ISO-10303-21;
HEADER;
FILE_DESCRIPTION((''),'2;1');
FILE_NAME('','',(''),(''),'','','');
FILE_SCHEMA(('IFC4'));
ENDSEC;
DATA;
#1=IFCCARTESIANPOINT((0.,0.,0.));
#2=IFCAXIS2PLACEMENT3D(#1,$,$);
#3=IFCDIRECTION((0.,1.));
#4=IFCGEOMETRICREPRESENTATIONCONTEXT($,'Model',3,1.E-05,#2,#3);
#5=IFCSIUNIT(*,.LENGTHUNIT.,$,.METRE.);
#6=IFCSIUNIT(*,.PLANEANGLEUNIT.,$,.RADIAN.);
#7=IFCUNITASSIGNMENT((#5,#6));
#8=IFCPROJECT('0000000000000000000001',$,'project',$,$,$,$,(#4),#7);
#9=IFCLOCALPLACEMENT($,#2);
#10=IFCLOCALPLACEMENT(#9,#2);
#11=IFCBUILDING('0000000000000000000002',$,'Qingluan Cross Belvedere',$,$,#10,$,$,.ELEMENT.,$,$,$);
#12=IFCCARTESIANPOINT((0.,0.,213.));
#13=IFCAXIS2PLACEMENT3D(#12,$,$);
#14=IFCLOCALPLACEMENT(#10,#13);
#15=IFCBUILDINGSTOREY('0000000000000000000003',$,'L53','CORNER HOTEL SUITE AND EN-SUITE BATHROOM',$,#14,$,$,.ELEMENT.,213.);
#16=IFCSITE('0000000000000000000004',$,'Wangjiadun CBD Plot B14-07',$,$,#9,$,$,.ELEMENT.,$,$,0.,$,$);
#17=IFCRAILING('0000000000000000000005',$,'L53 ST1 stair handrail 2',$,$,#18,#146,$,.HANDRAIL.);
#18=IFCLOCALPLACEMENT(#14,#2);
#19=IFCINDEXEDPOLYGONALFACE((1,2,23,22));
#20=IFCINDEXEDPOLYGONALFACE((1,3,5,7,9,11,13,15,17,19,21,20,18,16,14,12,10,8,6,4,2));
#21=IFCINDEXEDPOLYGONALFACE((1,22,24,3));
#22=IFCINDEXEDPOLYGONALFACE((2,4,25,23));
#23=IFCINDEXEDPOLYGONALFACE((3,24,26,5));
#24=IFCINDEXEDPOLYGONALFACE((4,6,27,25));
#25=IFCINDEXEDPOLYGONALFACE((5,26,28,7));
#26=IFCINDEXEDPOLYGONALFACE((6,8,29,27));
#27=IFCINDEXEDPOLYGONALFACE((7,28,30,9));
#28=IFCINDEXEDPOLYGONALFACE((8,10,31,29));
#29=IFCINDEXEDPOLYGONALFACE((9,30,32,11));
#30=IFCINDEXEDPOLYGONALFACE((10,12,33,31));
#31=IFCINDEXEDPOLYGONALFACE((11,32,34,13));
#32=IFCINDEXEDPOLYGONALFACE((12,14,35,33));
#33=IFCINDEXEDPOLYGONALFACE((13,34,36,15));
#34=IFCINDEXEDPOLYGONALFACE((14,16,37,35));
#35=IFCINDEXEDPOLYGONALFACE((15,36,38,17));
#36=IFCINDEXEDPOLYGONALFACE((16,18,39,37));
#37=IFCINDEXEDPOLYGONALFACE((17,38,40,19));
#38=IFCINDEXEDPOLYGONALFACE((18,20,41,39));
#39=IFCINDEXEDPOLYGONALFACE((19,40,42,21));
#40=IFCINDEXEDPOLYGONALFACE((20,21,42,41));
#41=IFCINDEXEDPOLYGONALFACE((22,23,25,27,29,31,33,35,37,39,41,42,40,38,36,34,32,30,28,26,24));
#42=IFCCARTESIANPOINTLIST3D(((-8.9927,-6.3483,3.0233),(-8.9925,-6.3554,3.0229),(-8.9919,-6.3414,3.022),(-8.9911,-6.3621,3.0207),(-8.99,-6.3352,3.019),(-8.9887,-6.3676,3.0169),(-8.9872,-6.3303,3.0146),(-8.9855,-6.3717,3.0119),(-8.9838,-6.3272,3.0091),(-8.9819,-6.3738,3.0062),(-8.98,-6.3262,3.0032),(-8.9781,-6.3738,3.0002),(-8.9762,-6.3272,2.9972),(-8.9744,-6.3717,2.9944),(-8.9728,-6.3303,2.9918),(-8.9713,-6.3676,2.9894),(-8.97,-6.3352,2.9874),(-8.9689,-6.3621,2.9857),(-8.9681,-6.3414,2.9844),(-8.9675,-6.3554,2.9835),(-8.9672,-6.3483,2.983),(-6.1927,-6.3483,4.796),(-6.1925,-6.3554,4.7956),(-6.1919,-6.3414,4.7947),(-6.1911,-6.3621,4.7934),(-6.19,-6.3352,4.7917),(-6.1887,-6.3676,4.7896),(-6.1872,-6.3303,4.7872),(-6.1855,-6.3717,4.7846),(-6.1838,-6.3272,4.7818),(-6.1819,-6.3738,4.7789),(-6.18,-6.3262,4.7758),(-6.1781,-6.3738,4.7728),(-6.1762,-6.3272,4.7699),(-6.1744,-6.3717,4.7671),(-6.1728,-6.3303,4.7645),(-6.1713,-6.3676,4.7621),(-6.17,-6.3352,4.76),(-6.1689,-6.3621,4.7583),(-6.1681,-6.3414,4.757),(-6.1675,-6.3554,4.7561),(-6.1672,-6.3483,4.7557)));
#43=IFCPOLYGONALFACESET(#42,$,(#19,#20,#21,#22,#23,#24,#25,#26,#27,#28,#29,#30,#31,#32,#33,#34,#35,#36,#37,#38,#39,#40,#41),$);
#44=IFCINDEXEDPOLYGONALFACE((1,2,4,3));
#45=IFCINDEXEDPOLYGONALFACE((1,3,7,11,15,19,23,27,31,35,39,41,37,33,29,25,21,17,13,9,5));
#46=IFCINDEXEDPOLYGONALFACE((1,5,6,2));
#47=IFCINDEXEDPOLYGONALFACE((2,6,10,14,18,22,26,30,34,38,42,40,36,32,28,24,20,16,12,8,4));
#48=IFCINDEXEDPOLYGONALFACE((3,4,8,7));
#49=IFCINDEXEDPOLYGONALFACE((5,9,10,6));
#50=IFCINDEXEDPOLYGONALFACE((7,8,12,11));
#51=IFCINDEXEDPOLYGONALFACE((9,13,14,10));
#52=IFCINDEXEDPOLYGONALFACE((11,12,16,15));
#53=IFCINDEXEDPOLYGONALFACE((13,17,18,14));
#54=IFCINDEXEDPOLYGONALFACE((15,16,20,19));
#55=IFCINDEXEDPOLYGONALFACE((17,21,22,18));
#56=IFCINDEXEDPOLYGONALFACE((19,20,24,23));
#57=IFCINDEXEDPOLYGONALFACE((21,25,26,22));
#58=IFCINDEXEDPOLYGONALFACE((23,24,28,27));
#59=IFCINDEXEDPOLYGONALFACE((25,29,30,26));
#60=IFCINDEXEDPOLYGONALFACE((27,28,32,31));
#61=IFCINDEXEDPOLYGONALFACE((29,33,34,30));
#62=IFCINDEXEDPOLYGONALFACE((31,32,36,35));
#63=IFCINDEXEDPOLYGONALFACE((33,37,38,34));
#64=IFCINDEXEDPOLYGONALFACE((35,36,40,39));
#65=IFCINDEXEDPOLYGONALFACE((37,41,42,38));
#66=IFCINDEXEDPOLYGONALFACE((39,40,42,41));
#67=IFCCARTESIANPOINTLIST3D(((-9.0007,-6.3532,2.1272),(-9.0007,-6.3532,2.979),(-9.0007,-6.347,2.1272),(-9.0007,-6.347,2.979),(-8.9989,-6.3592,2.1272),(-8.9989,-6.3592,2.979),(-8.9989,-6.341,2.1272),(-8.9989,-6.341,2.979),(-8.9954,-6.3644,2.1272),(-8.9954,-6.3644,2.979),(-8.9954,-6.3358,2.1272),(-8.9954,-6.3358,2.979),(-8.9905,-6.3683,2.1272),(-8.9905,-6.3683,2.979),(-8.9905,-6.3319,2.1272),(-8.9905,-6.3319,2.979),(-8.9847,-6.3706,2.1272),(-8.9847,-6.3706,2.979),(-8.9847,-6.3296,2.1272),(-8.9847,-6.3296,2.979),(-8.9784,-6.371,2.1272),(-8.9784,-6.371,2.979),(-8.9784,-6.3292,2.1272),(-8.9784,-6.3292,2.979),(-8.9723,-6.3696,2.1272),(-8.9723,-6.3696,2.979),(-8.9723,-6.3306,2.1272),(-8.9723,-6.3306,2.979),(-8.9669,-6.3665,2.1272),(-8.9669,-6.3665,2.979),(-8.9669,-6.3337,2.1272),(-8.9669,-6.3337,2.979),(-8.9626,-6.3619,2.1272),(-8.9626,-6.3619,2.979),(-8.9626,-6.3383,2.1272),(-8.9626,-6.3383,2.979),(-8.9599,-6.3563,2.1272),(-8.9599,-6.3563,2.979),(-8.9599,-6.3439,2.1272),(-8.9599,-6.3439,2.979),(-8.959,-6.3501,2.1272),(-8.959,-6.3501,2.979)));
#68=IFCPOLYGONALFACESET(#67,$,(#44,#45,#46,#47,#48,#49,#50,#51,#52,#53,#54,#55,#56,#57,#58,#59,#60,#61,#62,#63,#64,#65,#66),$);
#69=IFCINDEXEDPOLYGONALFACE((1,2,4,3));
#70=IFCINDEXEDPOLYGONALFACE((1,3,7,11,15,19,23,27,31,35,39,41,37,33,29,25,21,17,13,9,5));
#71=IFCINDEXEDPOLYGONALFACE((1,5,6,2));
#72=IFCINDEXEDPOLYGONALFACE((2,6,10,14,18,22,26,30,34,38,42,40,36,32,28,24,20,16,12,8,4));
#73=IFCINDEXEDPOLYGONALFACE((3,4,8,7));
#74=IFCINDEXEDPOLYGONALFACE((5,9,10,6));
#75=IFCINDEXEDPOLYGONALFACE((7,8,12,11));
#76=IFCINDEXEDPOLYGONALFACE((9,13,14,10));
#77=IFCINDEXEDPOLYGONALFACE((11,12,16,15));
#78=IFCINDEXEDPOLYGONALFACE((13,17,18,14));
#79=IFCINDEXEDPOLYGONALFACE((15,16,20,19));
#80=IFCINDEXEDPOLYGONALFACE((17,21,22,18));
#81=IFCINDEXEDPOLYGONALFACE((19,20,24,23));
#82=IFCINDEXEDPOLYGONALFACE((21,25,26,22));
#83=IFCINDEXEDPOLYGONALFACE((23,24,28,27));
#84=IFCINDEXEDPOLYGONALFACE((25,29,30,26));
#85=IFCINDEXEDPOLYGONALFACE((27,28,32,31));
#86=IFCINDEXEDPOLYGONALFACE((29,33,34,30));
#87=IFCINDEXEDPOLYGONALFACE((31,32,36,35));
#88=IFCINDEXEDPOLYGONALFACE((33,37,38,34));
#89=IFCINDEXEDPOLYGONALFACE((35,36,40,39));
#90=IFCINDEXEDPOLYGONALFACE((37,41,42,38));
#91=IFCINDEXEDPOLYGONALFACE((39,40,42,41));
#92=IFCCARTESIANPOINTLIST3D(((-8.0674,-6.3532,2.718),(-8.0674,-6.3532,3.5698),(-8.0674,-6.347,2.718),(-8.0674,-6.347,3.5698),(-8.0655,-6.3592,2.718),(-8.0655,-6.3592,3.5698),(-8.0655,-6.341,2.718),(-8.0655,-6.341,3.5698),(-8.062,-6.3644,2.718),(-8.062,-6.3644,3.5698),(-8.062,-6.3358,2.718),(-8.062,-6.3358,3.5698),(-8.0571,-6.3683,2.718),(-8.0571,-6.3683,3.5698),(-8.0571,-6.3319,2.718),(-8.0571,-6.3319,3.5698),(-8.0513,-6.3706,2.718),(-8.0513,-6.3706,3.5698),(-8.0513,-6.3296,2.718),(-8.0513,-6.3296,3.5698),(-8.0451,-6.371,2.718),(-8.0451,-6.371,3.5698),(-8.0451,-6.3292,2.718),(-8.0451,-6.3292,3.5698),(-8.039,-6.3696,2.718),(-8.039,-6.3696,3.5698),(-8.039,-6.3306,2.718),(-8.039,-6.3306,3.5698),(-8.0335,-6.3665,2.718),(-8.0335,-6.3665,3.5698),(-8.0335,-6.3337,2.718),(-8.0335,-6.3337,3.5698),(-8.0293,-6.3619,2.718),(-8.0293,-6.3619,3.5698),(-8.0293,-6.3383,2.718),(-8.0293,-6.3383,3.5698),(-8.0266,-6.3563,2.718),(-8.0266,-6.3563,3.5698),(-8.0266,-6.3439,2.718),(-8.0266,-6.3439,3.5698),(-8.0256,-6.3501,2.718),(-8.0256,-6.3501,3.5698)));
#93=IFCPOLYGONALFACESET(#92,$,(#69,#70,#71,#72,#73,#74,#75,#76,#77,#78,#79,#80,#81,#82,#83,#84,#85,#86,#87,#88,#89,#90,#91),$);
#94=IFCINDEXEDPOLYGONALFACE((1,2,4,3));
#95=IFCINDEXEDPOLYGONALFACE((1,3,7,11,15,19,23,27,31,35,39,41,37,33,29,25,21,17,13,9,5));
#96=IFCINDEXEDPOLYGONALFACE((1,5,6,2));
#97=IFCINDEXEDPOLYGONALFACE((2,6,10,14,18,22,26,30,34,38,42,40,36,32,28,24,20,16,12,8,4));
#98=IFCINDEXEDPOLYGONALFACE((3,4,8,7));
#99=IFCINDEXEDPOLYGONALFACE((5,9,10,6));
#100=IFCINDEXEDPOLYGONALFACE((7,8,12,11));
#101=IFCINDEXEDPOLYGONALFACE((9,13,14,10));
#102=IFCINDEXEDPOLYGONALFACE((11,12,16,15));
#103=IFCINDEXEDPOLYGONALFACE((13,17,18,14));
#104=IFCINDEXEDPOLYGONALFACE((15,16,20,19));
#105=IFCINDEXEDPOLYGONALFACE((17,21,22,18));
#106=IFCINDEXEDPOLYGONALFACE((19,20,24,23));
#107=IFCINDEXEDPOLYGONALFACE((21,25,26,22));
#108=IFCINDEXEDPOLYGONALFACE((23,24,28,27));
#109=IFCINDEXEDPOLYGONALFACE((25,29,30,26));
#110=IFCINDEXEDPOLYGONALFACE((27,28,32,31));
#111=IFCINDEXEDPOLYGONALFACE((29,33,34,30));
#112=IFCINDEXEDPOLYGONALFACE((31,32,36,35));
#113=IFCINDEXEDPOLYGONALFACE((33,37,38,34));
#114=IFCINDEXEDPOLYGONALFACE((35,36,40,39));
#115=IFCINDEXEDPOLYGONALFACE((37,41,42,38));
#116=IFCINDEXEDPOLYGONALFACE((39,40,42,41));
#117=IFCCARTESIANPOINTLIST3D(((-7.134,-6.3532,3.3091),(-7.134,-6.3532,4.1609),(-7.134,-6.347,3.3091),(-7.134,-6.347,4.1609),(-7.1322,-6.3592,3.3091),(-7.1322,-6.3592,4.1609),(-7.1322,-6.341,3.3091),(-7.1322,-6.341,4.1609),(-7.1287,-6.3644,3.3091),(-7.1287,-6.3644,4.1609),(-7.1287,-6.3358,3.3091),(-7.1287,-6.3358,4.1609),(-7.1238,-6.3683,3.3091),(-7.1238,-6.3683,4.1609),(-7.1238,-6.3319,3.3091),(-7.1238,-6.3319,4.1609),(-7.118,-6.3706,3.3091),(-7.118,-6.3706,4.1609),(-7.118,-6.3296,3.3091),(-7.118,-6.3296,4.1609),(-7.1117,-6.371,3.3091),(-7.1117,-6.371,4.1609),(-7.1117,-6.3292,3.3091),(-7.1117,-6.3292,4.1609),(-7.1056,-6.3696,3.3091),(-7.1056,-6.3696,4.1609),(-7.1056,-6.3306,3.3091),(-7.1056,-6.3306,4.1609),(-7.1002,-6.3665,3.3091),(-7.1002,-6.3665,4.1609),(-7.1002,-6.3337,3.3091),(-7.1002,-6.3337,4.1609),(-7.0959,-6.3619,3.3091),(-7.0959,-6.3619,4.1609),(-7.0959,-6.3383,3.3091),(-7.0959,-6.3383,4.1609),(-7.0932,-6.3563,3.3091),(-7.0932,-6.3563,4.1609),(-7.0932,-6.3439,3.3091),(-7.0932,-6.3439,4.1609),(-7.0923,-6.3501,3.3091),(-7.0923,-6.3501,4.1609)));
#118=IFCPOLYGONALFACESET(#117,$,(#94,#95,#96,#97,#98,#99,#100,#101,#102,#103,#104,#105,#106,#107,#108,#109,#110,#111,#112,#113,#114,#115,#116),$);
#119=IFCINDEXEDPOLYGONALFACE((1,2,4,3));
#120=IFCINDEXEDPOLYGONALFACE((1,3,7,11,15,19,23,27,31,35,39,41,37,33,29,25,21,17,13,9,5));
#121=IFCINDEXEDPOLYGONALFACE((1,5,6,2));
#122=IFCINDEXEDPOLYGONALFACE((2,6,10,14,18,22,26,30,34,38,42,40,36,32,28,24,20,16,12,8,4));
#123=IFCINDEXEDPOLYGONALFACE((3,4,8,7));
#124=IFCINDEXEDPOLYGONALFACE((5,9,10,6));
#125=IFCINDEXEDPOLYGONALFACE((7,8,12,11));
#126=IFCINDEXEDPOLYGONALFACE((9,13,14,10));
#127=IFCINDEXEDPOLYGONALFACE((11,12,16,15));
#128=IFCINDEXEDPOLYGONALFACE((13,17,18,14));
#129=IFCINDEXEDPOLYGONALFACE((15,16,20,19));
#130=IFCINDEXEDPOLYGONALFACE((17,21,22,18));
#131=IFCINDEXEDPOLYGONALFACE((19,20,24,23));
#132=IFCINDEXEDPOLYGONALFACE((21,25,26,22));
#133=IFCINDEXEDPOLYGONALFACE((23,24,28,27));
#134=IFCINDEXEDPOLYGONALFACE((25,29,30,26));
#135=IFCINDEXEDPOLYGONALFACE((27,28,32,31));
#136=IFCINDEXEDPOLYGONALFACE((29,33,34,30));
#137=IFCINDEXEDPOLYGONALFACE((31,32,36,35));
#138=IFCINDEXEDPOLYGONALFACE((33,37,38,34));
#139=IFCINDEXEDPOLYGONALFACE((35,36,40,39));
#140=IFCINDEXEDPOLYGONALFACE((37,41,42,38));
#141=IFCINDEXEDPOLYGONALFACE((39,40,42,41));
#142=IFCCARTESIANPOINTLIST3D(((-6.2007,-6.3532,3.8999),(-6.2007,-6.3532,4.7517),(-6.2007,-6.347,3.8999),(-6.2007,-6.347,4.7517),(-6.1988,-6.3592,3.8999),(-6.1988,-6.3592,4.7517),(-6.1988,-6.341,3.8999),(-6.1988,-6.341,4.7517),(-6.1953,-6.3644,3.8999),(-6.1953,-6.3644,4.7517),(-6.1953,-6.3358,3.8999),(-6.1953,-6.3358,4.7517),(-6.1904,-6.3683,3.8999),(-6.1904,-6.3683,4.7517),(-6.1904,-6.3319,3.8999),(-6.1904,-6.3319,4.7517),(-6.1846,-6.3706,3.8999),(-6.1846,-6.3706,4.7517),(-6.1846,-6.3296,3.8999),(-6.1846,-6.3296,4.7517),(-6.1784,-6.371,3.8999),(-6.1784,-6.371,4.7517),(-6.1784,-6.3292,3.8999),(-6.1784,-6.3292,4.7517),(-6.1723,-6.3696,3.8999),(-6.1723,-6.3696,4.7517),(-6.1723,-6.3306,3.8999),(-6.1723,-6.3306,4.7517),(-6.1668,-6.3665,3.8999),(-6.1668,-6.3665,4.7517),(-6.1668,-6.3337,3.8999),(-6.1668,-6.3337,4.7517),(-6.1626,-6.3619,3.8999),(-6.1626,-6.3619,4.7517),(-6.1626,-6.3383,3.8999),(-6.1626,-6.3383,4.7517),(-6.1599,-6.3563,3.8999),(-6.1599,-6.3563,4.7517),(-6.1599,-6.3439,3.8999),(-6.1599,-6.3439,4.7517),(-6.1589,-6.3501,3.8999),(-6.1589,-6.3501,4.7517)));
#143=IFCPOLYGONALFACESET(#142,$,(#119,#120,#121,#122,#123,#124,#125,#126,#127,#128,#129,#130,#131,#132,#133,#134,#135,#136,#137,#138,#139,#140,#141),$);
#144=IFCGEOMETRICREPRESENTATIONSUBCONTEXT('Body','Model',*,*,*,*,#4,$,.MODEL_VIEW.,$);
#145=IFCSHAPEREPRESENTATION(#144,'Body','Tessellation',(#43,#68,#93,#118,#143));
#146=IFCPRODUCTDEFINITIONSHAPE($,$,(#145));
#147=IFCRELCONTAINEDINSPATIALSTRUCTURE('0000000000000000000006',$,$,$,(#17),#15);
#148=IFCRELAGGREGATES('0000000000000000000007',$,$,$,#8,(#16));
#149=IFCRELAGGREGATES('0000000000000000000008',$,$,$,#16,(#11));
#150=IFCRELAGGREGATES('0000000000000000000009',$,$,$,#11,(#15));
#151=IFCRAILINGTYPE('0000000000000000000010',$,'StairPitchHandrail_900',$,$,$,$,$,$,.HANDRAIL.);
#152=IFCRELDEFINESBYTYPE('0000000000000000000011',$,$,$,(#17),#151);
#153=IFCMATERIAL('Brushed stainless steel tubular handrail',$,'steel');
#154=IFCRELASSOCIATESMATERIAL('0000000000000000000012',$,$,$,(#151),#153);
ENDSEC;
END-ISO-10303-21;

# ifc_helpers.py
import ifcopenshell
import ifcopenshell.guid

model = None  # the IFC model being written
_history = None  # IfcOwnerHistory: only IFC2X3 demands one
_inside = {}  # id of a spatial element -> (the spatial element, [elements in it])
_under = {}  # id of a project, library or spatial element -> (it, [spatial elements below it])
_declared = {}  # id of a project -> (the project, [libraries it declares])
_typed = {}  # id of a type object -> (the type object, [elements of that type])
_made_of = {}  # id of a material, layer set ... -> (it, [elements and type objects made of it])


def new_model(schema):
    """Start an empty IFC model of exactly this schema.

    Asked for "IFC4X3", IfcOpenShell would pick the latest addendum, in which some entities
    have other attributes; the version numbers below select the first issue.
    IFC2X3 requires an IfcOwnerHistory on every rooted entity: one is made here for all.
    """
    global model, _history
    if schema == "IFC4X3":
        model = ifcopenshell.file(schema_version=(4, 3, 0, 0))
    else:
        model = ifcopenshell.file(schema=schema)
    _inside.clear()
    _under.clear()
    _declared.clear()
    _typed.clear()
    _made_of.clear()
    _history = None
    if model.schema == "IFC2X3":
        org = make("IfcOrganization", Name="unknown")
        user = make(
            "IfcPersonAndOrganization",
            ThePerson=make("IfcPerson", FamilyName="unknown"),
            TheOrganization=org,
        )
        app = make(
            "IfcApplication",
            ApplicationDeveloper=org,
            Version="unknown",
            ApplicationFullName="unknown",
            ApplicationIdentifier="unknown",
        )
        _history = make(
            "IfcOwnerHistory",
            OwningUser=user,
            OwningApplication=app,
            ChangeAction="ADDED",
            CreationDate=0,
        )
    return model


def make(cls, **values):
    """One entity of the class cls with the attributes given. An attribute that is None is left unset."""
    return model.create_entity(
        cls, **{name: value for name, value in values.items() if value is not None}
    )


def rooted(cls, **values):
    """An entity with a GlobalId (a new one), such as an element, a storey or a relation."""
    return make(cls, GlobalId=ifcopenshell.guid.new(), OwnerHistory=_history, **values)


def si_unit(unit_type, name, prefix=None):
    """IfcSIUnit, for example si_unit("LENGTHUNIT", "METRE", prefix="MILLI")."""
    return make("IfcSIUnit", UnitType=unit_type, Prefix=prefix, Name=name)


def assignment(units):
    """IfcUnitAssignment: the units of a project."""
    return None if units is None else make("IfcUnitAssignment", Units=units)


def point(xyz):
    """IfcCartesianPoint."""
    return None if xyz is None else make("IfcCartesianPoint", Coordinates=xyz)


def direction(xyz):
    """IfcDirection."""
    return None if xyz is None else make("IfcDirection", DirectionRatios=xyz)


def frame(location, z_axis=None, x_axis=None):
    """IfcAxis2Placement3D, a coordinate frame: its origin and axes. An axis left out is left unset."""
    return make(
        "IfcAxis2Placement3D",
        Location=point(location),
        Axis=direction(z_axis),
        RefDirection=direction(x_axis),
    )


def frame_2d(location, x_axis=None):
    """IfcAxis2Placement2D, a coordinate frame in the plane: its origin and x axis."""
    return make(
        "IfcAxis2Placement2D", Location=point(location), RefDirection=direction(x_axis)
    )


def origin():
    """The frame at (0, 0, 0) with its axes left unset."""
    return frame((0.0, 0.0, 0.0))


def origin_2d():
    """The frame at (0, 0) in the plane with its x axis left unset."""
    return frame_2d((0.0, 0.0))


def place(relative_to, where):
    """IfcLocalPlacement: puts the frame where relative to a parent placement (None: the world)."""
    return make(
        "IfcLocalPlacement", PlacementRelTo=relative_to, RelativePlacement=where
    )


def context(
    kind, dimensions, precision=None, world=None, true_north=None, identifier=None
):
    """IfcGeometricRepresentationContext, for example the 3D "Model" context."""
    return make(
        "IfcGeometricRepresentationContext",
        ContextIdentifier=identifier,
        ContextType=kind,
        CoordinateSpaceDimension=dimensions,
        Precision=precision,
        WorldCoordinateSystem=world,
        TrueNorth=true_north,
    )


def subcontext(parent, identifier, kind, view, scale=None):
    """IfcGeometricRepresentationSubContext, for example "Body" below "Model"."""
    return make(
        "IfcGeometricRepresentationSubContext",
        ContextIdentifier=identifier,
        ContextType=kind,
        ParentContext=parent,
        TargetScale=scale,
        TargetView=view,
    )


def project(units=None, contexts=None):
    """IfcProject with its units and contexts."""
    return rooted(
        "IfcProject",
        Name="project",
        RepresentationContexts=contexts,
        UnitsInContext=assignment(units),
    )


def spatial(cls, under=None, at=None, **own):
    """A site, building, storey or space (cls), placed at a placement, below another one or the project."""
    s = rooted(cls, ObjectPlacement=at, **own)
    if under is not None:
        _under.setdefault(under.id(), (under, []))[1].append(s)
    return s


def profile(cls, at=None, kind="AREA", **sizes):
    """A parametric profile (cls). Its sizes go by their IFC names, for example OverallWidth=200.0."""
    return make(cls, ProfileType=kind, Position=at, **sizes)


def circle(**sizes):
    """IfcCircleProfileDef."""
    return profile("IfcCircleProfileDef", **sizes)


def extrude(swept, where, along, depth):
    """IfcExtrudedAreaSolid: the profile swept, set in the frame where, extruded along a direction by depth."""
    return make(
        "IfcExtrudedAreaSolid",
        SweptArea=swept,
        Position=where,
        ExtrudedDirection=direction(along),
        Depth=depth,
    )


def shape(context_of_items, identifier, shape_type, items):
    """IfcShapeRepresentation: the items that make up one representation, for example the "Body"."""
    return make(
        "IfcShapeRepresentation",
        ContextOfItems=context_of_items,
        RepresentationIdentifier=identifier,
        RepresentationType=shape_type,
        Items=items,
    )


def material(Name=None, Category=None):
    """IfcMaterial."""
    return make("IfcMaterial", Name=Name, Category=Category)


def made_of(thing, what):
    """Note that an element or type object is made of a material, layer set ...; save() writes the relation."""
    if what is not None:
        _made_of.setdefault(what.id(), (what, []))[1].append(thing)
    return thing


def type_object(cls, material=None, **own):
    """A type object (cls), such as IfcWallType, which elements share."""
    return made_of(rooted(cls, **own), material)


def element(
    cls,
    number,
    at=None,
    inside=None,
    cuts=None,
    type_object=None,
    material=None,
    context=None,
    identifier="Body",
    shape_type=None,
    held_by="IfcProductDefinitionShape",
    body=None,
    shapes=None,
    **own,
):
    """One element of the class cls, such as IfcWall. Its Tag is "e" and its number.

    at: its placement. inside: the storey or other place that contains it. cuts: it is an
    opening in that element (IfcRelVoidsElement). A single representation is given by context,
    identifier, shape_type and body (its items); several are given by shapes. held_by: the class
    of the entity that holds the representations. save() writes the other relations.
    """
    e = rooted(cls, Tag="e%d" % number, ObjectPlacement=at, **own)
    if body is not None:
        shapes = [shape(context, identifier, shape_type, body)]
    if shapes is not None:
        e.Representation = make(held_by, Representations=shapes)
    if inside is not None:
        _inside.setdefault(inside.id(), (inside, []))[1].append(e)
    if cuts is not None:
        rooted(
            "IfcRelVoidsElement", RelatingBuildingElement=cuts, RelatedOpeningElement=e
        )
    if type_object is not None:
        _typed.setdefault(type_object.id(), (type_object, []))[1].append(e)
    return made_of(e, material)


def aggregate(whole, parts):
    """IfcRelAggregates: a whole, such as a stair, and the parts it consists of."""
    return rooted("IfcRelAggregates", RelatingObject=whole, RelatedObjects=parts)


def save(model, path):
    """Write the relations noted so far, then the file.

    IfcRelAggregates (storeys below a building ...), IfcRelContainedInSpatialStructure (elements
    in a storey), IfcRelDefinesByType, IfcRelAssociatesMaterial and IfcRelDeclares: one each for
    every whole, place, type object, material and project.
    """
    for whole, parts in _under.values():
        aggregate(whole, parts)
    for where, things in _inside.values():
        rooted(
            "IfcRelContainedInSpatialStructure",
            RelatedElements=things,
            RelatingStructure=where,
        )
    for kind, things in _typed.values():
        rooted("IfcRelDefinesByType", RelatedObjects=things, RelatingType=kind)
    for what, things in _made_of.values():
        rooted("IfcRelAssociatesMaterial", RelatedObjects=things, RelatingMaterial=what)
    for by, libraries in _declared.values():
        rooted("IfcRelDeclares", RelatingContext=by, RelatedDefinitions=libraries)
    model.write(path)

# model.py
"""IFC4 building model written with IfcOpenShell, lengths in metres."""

from ifc_helpers import new_model, si_unit, direction, frame, origin, origin_2d, place, context, subcontext, project, spatial, circle, extrude, material, type_object, element, save


model = new_model("IFC4")

# Units and contexts
model_context = context("Model", 3, precision=1e-05, world=origin(), true_north=direction((0.0, 1.0)))
body_context = subcontext(model_context, "Body", "Model", "MODEL_VIEW")
ifc_project = project(units=[si_unit("LENGTHUNIT", "METRE"), si_unit("PLANEANGLEUNIT", "RADIAN")], contexts=[model_context])

# Site, building, storey
site_placement = place(None, origin())
site = spatial("IfcSite", under=ifc_project, at=site_placement, Name="Wangjiadun CBD Plot B14-07", CompositionType="ELEMENT", RefElevation=0.0)
building_placement = place(site_placement, origin())
building = spatial("IfcBuilding", under=site, at=building_placement, Name="Qingluan Cross Belvedere", CompositionType="ELEMENT")
storey_placement = place(building_placement, frame((0.0, 0.0, 213.0)))
storey = spatial("IfcBuildingStorey", under=building, at=storey_placement, Name="L53", Description="CORNER HOTEL SUITE AND EN-SUITE BATHROOM", CompositionType="ELEMENT", Elevation=213.0)

# Railing
ifc_material_1 = material(Name="Brushed stainless steel tubular handrail", Category="steel")
railing_type_1 = type_object("IfcRailingType", Name="StairPitchHandrail_900", PredefinedType="HANDRAIL", material=ifc_material_1)
railing_1_placement = place(storey_placement, frame((-8.98, -6.3501, 2.1272)))
element("IfcRailing", 1, at=railing_1_placement, inside=storey, type_object=railing_type_1, Name="L53 ST1 stair handrail 2", PredefinedType="HANDRAIL", context=body_context, shape_type="SweptSolid", body=[
    extrude(circle(Radius=0.0239, at=origin_2d()), frame((0.0, 0.0, 0.876), z_axis=(0.844909, 0.0, 0.53491), x_axis=(0.0, 1.0, 0.0)), (0.0, 0.0, 1.0), 3.314),
    extrude(circle(Radius=0.021, at=origin_2d()), origin(), (0.0, 0.0, 1.0), 0.8518),
    extrude(circle(Radius=0.021, at=origin_2d()), frame((0.9333, 0.0, 0.5908)), (0.0, 0.0, 1.0), 0.8518),
    extrude(circle(Radius=0.021, at=origin_2d()), frame((1.8667, 0.0, 1.1819)), (0.0, 0.0, 1.0), 0.8518),
    extrude(circle(Radius=0.021, at=origin_2d()), frame((2.8, 0.0, 1.7727)), (0.0, 0.0, 1.0), 0.8518),
])

save(model, "model.ifc")
